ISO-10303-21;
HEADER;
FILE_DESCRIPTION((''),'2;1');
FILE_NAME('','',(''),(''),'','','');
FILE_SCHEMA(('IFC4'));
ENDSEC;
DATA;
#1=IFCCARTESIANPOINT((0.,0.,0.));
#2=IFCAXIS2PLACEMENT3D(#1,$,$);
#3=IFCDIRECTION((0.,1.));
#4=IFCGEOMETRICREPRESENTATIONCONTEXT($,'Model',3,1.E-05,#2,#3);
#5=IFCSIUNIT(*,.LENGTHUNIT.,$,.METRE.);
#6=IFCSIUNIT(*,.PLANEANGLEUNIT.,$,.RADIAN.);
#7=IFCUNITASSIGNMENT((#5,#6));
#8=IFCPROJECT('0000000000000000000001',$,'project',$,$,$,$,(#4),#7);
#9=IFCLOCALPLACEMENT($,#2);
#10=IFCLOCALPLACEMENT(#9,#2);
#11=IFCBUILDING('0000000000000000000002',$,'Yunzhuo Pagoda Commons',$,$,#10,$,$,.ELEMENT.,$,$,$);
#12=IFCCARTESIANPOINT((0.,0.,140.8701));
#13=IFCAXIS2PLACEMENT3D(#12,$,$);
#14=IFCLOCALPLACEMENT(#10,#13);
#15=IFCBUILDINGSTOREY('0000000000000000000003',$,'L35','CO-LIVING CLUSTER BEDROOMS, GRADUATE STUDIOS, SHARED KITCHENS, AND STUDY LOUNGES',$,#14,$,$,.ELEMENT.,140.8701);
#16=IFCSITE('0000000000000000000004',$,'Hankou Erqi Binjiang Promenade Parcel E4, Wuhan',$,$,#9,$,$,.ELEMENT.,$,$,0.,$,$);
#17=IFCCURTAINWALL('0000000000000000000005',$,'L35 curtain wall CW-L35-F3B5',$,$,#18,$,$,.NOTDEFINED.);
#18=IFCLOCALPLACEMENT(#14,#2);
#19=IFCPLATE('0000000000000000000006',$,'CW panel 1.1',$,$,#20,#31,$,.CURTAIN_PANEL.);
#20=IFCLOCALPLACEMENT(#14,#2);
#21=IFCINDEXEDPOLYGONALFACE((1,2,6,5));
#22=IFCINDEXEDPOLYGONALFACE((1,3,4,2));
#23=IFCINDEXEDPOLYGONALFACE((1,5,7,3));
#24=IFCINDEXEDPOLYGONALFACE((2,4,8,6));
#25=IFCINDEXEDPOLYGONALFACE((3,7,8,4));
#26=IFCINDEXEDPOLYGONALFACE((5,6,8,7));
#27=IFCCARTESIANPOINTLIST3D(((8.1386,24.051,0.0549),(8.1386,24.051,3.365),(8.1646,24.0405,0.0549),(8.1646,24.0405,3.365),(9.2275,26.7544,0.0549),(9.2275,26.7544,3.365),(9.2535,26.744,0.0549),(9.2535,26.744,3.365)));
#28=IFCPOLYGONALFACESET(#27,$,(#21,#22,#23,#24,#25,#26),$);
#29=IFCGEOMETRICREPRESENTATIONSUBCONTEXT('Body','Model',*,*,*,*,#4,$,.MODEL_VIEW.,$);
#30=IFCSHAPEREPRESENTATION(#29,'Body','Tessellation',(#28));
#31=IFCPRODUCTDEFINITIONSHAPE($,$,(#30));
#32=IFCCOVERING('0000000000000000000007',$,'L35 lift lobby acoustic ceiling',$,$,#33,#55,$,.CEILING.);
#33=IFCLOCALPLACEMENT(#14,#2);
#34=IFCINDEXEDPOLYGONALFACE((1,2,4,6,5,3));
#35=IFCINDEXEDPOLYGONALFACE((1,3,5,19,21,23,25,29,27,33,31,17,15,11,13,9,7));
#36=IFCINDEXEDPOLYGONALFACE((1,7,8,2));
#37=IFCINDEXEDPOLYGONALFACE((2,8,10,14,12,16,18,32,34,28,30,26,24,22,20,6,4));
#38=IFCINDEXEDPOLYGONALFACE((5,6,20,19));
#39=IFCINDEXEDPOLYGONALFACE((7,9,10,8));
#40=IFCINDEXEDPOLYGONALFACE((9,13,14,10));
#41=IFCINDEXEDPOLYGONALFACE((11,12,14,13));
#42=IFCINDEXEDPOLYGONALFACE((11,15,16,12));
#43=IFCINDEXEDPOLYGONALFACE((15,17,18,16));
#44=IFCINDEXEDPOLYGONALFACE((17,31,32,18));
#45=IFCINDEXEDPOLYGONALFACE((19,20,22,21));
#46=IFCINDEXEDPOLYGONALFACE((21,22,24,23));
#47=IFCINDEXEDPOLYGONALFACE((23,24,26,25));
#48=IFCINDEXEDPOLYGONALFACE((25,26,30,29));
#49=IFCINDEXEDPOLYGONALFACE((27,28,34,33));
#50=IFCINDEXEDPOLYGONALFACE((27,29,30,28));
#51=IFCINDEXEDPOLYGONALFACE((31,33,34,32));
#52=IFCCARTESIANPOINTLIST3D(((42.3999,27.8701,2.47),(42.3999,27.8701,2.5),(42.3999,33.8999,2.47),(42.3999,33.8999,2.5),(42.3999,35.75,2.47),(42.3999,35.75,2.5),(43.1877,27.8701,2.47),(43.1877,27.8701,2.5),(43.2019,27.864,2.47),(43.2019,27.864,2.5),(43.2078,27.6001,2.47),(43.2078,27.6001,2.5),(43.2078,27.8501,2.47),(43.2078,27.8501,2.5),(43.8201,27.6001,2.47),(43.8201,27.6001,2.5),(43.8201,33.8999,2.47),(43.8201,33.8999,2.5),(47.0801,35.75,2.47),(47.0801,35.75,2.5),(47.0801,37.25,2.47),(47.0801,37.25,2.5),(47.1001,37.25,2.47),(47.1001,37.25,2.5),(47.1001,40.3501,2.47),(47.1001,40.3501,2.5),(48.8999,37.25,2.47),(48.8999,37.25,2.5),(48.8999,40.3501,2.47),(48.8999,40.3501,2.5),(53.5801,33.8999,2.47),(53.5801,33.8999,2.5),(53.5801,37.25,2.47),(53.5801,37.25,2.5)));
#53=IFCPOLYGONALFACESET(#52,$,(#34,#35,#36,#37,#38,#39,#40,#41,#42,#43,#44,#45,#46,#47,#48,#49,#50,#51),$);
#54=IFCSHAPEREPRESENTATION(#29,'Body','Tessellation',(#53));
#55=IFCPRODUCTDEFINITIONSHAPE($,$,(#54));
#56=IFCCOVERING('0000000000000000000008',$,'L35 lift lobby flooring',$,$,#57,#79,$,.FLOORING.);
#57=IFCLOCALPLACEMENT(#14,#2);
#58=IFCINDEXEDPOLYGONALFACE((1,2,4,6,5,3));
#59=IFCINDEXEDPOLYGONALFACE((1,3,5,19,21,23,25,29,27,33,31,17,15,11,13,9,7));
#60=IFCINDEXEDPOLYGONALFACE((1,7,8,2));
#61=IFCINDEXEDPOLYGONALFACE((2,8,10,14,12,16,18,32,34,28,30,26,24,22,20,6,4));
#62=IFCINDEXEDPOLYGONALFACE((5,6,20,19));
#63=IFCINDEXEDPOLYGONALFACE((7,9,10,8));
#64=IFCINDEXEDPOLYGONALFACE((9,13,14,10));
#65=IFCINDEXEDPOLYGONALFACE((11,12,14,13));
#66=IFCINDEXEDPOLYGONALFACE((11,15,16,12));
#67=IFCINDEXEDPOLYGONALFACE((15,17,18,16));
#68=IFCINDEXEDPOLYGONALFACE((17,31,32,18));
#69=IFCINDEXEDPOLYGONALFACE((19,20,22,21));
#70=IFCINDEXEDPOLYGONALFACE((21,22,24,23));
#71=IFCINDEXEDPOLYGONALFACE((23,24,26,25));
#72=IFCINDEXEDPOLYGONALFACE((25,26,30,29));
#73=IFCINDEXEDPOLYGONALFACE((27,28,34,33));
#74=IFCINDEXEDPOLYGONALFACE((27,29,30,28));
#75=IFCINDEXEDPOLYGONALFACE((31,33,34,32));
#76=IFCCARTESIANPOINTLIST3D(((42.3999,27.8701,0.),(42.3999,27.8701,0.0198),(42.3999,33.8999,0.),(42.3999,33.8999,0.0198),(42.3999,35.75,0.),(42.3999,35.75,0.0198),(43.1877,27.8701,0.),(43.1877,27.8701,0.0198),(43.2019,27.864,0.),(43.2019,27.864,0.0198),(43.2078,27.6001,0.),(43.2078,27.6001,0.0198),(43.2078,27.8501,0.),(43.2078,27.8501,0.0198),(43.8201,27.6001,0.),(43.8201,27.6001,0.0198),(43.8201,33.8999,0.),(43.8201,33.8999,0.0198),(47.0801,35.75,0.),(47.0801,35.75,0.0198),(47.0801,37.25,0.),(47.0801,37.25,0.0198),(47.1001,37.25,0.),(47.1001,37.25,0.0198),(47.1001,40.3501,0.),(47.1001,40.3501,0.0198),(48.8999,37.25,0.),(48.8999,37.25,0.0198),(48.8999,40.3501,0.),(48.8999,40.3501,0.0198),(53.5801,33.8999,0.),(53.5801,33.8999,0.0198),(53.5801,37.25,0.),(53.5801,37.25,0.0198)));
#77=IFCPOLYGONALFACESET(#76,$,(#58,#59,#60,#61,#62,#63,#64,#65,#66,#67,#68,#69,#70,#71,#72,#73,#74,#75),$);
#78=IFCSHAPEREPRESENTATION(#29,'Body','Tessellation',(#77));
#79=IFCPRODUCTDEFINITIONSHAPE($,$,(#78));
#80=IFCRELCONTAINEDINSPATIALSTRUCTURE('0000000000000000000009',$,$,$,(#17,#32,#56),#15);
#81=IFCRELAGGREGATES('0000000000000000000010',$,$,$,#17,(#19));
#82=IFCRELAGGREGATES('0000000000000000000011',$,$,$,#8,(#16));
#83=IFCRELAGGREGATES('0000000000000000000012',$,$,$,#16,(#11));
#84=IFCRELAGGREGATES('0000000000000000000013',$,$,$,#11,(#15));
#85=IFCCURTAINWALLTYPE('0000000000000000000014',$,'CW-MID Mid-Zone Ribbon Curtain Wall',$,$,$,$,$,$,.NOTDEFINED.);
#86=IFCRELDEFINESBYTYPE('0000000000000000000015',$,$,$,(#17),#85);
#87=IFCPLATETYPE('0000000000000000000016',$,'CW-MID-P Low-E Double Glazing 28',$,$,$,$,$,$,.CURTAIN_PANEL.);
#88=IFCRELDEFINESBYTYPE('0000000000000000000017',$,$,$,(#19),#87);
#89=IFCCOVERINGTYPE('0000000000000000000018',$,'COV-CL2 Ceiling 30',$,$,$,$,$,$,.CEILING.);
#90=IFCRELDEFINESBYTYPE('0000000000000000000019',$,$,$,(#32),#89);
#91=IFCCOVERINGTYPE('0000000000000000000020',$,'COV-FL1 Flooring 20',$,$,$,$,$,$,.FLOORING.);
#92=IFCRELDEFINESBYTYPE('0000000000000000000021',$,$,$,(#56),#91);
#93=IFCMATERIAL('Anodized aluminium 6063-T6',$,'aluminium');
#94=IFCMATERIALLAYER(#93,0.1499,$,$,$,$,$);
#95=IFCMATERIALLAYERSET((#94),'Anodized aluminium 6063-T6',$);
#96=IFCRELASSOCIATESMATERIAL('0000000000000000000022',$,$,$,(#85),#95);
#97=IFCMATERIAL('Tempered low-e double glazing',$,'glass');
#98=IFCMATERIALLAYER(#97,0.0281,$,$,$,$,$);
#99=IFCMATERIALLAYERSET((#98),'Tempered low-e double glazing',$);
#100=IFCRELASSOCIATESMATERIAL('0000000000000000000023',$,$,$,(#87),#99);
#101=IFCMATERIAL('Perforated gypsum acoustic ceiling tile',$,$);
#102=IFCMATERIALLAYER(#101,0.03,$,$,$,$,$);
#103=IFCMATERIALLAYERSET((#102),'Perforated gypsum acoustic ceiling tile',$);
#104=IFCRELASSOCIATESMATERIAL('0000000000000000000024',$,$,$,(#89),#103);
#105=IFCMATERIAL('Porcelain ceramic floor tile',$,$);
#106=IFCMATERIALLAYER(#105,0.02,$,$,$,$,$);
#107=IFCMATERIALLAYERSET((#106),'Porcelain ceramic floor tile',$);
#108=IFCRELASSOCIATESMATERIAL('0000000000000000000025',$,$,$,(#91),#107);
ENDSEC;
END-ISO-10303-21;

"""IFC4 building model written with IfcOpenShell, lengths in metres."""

from ifc_helpers import new_model, si_unit, direction, frame, origin, origin_2d, place, context, subcontext, project, spatial, polyline, rectangle, outline, extrude, source, transform, mapped, material, layer, layer_set, type_object, element, aggregate, save


model = new_model("IFC4")

# Units and contexts
model_context = context("Model", 3, precision=1e-05, world=origin(), true_north=direction((0.0, 1.0)))
body_context = subcontext(model_context, "Body", "Model", "MODEL_VIEW")
ifc_project = project(units=[si_unit("LENGTHUNIT", "METRE"), si_unit("PLANEANGLEUNIT", "RADIAN")], contexts=[model_context])

# Site, building, storey
site_placement = place(None, origin())
site = spatial("IfcSite", under=ifc_project, at=site_placement, Name="Hankou Erqi Binjiang Promenade Parcel E4, Wuhan", CompositionType="ELEMENT", RefElevation=0.0)
building_placement = place(site_placement, origin())
building = spatial("IfcBuilding", under=site, at=building_placement, Name="Yunzhuo Pagoda Commons", CompositionType="ELEMENT")
storey_placement = place(building_placement, frame((0.0, 0.0, 140.8701)))
storey = spatial("IfcBuildingStorey", under=building, at=storey_placement, Name="L35", Description="CO-LIVING CLUSTER BEDROOMS, GRADUATE STUDIOS, SHARED KITCHENS, AND STUDY LOUNGES", CompositionType="ELEMENT", Elevation=140.8701)

# Shared definitions
ifc_material_1 = material(Name="Anodized aluminium 6063-T6", Category="aluminium")
ifc_layer_1 = layer(ifc_material_1, 0.1499)
ifc_layer_set_1 = layer_set([ifc_layer_1], Name="Anodized aluminium 6063-T6")
curtain_wall_type = type_object("IfcCurtainWallType", Name="CW-MID Mid-Zone Ribbon Curtain Wall", PredefinedType="NOTDEFINED", material=ifc_layer_set_1)

# Curtain wall
curtain_wall_1_placement = place(storey_placement, origin())
curtain_wall_1 = element("IfcCurtainWall", 1, at=curtain_wall_1_placement, inside=storey, type_object=curtain_wall_type, Name="L35 curtain wall CW-L35-F3B5", PredefinedType="NOTDEFINED")

# Plate
ifc_material_2 = material(Name="Tempered low-e double glazing", Category="glass")
ifc_layer_2 = layer(ifc_material_2, 0.0281)
ifc_layer_set_2 = layer_set([ifc_layer_2], Name="Tempered low-e double glazing")
plate_type_1 = type_object("IfcPlateType", Name="CW-MID-P Low-E Double Glazing 28", PredefinedType="CURTAIN_PANEL", material=ifc_layer_set_2)
shared_shape_1 = source(origin(), body_context, "Body", "SweptSolid", [
    extrude(rectangle(XDim=2.9146, YDim=0.0281, at=origin_2d()), origin(), (0.0, 0.0, 1.0), 3.3101),
])
plate_1_placement = place(storey_placement, frame((8.696, 25.3975, 0.0549), z_axis=(0.0, 0.0, 1.0), x_axis=(-0.373617, -0.927583, 0.0)))
plate_1 = element("IfcPlate", 2, at=plate_1_placement, type_object=plate_type_1, Name="CW panel 1.1", PredefinedType="CURTAIN_PANEL", context=body_context, shape_type="MappedRepresentation", body=[
    mapped(shared_shape_1, transform((0.0, 0.0, 0.0), scale=1.0)),
])
aggregate(curtain_wall_1, [plate_1])

# Coverings
ifc_material_3 = material(Name="Perforated gypsum acoustic ceiling tile")
ifc_layer_3 = layer(ifc_material_3, 0.03)
ifc_layer_set_3 = layer_set([ifc_layer_3], Name="Perforated gypsum acoustic ceiling tile")
covering_type_1 = type_object("IfcCoveringType", Name="COV-CL2 Ceiling 30", PredefinedType="CEILING", material=ifc_layer_set_3)
covering_1_placement = place(storey_placement, frame((0.0, 0.0, 2.47)))
element("IfcCovering", 3, at=covering_1_placement, inside=storey, type_object=covering_type_1, Name="L35 lift lobby acoustic ceiling", PredefinedType="CEILING", context=body_context, shape_type="SweptSolid", body=[
    extrude(outline(polyline([(42.3999, 35.75), (47.0801, 35.75), (47.0801, 37.25), (47.1001, 37.25), (47.1001, 40.3501), (48.8999, 40.3501), (48.8999, 37.25), (53.5801, 37.25), (53.5801, 33.8999), (43.8201, 33.8999), (43.8201, 27.6001), (43.2078, 27.6001), (43.2078, 27.8501), (43.2019, 27.864), (43.1877, 27.8701), (42.3999, 27.8701), (42.3999, 33.8999), (42.3999, 35.75)])), origin(), (0.0, 0.0, 1.0), 0.03),
])
ifc_material_4 = material(Name="Porcelain ceramic floor tile")
ifc_layer_4 = layer(ifc_material_4, 0.02)
ifc_layer_set_4 = layer_set([ifc_layer_4], Name="Porcelain ceramic floor tile")
covering_type_2 = type_object("IfcCoveringType", Name="COV-FL1 Flooring 20", PredefinedType="FLOORING", material=ifc_layer_set_4)
covering_2_placement = place(storey_placement, origin())
element("IfcCovering", 4, at=covering_2_placement, inside=storey, type_object=covering_type_2, Name="L35 lift lobby flooring", PredefinedType="FLOORING", context=body_context, shape_type="SweptSolid", body=[
    extrude(outline(polyline([(42.3999, 35.75), (47.0801, 35.75), (47.0801, 37.25), (47.1001, 37.25), (47.1001, 40.3501), (48.8999, 40.3501), (48.8999, 37.25), (53.5801, 37.25), (53.5801, 33.8999), (43.8201, 33.8999), (43.8201, 27.6001), (43.2078, 27.6001), (43.2078, 27.8501), (43.2019, 27.864), (43.1877, 27.8701), (42.3999, 27.8701), (42.3999, 33.8999), (42.3999, 35.75)])), origin(), (0.0, 0.0, 1.0), 0.0198),
])

save(model, "model.ifc")
